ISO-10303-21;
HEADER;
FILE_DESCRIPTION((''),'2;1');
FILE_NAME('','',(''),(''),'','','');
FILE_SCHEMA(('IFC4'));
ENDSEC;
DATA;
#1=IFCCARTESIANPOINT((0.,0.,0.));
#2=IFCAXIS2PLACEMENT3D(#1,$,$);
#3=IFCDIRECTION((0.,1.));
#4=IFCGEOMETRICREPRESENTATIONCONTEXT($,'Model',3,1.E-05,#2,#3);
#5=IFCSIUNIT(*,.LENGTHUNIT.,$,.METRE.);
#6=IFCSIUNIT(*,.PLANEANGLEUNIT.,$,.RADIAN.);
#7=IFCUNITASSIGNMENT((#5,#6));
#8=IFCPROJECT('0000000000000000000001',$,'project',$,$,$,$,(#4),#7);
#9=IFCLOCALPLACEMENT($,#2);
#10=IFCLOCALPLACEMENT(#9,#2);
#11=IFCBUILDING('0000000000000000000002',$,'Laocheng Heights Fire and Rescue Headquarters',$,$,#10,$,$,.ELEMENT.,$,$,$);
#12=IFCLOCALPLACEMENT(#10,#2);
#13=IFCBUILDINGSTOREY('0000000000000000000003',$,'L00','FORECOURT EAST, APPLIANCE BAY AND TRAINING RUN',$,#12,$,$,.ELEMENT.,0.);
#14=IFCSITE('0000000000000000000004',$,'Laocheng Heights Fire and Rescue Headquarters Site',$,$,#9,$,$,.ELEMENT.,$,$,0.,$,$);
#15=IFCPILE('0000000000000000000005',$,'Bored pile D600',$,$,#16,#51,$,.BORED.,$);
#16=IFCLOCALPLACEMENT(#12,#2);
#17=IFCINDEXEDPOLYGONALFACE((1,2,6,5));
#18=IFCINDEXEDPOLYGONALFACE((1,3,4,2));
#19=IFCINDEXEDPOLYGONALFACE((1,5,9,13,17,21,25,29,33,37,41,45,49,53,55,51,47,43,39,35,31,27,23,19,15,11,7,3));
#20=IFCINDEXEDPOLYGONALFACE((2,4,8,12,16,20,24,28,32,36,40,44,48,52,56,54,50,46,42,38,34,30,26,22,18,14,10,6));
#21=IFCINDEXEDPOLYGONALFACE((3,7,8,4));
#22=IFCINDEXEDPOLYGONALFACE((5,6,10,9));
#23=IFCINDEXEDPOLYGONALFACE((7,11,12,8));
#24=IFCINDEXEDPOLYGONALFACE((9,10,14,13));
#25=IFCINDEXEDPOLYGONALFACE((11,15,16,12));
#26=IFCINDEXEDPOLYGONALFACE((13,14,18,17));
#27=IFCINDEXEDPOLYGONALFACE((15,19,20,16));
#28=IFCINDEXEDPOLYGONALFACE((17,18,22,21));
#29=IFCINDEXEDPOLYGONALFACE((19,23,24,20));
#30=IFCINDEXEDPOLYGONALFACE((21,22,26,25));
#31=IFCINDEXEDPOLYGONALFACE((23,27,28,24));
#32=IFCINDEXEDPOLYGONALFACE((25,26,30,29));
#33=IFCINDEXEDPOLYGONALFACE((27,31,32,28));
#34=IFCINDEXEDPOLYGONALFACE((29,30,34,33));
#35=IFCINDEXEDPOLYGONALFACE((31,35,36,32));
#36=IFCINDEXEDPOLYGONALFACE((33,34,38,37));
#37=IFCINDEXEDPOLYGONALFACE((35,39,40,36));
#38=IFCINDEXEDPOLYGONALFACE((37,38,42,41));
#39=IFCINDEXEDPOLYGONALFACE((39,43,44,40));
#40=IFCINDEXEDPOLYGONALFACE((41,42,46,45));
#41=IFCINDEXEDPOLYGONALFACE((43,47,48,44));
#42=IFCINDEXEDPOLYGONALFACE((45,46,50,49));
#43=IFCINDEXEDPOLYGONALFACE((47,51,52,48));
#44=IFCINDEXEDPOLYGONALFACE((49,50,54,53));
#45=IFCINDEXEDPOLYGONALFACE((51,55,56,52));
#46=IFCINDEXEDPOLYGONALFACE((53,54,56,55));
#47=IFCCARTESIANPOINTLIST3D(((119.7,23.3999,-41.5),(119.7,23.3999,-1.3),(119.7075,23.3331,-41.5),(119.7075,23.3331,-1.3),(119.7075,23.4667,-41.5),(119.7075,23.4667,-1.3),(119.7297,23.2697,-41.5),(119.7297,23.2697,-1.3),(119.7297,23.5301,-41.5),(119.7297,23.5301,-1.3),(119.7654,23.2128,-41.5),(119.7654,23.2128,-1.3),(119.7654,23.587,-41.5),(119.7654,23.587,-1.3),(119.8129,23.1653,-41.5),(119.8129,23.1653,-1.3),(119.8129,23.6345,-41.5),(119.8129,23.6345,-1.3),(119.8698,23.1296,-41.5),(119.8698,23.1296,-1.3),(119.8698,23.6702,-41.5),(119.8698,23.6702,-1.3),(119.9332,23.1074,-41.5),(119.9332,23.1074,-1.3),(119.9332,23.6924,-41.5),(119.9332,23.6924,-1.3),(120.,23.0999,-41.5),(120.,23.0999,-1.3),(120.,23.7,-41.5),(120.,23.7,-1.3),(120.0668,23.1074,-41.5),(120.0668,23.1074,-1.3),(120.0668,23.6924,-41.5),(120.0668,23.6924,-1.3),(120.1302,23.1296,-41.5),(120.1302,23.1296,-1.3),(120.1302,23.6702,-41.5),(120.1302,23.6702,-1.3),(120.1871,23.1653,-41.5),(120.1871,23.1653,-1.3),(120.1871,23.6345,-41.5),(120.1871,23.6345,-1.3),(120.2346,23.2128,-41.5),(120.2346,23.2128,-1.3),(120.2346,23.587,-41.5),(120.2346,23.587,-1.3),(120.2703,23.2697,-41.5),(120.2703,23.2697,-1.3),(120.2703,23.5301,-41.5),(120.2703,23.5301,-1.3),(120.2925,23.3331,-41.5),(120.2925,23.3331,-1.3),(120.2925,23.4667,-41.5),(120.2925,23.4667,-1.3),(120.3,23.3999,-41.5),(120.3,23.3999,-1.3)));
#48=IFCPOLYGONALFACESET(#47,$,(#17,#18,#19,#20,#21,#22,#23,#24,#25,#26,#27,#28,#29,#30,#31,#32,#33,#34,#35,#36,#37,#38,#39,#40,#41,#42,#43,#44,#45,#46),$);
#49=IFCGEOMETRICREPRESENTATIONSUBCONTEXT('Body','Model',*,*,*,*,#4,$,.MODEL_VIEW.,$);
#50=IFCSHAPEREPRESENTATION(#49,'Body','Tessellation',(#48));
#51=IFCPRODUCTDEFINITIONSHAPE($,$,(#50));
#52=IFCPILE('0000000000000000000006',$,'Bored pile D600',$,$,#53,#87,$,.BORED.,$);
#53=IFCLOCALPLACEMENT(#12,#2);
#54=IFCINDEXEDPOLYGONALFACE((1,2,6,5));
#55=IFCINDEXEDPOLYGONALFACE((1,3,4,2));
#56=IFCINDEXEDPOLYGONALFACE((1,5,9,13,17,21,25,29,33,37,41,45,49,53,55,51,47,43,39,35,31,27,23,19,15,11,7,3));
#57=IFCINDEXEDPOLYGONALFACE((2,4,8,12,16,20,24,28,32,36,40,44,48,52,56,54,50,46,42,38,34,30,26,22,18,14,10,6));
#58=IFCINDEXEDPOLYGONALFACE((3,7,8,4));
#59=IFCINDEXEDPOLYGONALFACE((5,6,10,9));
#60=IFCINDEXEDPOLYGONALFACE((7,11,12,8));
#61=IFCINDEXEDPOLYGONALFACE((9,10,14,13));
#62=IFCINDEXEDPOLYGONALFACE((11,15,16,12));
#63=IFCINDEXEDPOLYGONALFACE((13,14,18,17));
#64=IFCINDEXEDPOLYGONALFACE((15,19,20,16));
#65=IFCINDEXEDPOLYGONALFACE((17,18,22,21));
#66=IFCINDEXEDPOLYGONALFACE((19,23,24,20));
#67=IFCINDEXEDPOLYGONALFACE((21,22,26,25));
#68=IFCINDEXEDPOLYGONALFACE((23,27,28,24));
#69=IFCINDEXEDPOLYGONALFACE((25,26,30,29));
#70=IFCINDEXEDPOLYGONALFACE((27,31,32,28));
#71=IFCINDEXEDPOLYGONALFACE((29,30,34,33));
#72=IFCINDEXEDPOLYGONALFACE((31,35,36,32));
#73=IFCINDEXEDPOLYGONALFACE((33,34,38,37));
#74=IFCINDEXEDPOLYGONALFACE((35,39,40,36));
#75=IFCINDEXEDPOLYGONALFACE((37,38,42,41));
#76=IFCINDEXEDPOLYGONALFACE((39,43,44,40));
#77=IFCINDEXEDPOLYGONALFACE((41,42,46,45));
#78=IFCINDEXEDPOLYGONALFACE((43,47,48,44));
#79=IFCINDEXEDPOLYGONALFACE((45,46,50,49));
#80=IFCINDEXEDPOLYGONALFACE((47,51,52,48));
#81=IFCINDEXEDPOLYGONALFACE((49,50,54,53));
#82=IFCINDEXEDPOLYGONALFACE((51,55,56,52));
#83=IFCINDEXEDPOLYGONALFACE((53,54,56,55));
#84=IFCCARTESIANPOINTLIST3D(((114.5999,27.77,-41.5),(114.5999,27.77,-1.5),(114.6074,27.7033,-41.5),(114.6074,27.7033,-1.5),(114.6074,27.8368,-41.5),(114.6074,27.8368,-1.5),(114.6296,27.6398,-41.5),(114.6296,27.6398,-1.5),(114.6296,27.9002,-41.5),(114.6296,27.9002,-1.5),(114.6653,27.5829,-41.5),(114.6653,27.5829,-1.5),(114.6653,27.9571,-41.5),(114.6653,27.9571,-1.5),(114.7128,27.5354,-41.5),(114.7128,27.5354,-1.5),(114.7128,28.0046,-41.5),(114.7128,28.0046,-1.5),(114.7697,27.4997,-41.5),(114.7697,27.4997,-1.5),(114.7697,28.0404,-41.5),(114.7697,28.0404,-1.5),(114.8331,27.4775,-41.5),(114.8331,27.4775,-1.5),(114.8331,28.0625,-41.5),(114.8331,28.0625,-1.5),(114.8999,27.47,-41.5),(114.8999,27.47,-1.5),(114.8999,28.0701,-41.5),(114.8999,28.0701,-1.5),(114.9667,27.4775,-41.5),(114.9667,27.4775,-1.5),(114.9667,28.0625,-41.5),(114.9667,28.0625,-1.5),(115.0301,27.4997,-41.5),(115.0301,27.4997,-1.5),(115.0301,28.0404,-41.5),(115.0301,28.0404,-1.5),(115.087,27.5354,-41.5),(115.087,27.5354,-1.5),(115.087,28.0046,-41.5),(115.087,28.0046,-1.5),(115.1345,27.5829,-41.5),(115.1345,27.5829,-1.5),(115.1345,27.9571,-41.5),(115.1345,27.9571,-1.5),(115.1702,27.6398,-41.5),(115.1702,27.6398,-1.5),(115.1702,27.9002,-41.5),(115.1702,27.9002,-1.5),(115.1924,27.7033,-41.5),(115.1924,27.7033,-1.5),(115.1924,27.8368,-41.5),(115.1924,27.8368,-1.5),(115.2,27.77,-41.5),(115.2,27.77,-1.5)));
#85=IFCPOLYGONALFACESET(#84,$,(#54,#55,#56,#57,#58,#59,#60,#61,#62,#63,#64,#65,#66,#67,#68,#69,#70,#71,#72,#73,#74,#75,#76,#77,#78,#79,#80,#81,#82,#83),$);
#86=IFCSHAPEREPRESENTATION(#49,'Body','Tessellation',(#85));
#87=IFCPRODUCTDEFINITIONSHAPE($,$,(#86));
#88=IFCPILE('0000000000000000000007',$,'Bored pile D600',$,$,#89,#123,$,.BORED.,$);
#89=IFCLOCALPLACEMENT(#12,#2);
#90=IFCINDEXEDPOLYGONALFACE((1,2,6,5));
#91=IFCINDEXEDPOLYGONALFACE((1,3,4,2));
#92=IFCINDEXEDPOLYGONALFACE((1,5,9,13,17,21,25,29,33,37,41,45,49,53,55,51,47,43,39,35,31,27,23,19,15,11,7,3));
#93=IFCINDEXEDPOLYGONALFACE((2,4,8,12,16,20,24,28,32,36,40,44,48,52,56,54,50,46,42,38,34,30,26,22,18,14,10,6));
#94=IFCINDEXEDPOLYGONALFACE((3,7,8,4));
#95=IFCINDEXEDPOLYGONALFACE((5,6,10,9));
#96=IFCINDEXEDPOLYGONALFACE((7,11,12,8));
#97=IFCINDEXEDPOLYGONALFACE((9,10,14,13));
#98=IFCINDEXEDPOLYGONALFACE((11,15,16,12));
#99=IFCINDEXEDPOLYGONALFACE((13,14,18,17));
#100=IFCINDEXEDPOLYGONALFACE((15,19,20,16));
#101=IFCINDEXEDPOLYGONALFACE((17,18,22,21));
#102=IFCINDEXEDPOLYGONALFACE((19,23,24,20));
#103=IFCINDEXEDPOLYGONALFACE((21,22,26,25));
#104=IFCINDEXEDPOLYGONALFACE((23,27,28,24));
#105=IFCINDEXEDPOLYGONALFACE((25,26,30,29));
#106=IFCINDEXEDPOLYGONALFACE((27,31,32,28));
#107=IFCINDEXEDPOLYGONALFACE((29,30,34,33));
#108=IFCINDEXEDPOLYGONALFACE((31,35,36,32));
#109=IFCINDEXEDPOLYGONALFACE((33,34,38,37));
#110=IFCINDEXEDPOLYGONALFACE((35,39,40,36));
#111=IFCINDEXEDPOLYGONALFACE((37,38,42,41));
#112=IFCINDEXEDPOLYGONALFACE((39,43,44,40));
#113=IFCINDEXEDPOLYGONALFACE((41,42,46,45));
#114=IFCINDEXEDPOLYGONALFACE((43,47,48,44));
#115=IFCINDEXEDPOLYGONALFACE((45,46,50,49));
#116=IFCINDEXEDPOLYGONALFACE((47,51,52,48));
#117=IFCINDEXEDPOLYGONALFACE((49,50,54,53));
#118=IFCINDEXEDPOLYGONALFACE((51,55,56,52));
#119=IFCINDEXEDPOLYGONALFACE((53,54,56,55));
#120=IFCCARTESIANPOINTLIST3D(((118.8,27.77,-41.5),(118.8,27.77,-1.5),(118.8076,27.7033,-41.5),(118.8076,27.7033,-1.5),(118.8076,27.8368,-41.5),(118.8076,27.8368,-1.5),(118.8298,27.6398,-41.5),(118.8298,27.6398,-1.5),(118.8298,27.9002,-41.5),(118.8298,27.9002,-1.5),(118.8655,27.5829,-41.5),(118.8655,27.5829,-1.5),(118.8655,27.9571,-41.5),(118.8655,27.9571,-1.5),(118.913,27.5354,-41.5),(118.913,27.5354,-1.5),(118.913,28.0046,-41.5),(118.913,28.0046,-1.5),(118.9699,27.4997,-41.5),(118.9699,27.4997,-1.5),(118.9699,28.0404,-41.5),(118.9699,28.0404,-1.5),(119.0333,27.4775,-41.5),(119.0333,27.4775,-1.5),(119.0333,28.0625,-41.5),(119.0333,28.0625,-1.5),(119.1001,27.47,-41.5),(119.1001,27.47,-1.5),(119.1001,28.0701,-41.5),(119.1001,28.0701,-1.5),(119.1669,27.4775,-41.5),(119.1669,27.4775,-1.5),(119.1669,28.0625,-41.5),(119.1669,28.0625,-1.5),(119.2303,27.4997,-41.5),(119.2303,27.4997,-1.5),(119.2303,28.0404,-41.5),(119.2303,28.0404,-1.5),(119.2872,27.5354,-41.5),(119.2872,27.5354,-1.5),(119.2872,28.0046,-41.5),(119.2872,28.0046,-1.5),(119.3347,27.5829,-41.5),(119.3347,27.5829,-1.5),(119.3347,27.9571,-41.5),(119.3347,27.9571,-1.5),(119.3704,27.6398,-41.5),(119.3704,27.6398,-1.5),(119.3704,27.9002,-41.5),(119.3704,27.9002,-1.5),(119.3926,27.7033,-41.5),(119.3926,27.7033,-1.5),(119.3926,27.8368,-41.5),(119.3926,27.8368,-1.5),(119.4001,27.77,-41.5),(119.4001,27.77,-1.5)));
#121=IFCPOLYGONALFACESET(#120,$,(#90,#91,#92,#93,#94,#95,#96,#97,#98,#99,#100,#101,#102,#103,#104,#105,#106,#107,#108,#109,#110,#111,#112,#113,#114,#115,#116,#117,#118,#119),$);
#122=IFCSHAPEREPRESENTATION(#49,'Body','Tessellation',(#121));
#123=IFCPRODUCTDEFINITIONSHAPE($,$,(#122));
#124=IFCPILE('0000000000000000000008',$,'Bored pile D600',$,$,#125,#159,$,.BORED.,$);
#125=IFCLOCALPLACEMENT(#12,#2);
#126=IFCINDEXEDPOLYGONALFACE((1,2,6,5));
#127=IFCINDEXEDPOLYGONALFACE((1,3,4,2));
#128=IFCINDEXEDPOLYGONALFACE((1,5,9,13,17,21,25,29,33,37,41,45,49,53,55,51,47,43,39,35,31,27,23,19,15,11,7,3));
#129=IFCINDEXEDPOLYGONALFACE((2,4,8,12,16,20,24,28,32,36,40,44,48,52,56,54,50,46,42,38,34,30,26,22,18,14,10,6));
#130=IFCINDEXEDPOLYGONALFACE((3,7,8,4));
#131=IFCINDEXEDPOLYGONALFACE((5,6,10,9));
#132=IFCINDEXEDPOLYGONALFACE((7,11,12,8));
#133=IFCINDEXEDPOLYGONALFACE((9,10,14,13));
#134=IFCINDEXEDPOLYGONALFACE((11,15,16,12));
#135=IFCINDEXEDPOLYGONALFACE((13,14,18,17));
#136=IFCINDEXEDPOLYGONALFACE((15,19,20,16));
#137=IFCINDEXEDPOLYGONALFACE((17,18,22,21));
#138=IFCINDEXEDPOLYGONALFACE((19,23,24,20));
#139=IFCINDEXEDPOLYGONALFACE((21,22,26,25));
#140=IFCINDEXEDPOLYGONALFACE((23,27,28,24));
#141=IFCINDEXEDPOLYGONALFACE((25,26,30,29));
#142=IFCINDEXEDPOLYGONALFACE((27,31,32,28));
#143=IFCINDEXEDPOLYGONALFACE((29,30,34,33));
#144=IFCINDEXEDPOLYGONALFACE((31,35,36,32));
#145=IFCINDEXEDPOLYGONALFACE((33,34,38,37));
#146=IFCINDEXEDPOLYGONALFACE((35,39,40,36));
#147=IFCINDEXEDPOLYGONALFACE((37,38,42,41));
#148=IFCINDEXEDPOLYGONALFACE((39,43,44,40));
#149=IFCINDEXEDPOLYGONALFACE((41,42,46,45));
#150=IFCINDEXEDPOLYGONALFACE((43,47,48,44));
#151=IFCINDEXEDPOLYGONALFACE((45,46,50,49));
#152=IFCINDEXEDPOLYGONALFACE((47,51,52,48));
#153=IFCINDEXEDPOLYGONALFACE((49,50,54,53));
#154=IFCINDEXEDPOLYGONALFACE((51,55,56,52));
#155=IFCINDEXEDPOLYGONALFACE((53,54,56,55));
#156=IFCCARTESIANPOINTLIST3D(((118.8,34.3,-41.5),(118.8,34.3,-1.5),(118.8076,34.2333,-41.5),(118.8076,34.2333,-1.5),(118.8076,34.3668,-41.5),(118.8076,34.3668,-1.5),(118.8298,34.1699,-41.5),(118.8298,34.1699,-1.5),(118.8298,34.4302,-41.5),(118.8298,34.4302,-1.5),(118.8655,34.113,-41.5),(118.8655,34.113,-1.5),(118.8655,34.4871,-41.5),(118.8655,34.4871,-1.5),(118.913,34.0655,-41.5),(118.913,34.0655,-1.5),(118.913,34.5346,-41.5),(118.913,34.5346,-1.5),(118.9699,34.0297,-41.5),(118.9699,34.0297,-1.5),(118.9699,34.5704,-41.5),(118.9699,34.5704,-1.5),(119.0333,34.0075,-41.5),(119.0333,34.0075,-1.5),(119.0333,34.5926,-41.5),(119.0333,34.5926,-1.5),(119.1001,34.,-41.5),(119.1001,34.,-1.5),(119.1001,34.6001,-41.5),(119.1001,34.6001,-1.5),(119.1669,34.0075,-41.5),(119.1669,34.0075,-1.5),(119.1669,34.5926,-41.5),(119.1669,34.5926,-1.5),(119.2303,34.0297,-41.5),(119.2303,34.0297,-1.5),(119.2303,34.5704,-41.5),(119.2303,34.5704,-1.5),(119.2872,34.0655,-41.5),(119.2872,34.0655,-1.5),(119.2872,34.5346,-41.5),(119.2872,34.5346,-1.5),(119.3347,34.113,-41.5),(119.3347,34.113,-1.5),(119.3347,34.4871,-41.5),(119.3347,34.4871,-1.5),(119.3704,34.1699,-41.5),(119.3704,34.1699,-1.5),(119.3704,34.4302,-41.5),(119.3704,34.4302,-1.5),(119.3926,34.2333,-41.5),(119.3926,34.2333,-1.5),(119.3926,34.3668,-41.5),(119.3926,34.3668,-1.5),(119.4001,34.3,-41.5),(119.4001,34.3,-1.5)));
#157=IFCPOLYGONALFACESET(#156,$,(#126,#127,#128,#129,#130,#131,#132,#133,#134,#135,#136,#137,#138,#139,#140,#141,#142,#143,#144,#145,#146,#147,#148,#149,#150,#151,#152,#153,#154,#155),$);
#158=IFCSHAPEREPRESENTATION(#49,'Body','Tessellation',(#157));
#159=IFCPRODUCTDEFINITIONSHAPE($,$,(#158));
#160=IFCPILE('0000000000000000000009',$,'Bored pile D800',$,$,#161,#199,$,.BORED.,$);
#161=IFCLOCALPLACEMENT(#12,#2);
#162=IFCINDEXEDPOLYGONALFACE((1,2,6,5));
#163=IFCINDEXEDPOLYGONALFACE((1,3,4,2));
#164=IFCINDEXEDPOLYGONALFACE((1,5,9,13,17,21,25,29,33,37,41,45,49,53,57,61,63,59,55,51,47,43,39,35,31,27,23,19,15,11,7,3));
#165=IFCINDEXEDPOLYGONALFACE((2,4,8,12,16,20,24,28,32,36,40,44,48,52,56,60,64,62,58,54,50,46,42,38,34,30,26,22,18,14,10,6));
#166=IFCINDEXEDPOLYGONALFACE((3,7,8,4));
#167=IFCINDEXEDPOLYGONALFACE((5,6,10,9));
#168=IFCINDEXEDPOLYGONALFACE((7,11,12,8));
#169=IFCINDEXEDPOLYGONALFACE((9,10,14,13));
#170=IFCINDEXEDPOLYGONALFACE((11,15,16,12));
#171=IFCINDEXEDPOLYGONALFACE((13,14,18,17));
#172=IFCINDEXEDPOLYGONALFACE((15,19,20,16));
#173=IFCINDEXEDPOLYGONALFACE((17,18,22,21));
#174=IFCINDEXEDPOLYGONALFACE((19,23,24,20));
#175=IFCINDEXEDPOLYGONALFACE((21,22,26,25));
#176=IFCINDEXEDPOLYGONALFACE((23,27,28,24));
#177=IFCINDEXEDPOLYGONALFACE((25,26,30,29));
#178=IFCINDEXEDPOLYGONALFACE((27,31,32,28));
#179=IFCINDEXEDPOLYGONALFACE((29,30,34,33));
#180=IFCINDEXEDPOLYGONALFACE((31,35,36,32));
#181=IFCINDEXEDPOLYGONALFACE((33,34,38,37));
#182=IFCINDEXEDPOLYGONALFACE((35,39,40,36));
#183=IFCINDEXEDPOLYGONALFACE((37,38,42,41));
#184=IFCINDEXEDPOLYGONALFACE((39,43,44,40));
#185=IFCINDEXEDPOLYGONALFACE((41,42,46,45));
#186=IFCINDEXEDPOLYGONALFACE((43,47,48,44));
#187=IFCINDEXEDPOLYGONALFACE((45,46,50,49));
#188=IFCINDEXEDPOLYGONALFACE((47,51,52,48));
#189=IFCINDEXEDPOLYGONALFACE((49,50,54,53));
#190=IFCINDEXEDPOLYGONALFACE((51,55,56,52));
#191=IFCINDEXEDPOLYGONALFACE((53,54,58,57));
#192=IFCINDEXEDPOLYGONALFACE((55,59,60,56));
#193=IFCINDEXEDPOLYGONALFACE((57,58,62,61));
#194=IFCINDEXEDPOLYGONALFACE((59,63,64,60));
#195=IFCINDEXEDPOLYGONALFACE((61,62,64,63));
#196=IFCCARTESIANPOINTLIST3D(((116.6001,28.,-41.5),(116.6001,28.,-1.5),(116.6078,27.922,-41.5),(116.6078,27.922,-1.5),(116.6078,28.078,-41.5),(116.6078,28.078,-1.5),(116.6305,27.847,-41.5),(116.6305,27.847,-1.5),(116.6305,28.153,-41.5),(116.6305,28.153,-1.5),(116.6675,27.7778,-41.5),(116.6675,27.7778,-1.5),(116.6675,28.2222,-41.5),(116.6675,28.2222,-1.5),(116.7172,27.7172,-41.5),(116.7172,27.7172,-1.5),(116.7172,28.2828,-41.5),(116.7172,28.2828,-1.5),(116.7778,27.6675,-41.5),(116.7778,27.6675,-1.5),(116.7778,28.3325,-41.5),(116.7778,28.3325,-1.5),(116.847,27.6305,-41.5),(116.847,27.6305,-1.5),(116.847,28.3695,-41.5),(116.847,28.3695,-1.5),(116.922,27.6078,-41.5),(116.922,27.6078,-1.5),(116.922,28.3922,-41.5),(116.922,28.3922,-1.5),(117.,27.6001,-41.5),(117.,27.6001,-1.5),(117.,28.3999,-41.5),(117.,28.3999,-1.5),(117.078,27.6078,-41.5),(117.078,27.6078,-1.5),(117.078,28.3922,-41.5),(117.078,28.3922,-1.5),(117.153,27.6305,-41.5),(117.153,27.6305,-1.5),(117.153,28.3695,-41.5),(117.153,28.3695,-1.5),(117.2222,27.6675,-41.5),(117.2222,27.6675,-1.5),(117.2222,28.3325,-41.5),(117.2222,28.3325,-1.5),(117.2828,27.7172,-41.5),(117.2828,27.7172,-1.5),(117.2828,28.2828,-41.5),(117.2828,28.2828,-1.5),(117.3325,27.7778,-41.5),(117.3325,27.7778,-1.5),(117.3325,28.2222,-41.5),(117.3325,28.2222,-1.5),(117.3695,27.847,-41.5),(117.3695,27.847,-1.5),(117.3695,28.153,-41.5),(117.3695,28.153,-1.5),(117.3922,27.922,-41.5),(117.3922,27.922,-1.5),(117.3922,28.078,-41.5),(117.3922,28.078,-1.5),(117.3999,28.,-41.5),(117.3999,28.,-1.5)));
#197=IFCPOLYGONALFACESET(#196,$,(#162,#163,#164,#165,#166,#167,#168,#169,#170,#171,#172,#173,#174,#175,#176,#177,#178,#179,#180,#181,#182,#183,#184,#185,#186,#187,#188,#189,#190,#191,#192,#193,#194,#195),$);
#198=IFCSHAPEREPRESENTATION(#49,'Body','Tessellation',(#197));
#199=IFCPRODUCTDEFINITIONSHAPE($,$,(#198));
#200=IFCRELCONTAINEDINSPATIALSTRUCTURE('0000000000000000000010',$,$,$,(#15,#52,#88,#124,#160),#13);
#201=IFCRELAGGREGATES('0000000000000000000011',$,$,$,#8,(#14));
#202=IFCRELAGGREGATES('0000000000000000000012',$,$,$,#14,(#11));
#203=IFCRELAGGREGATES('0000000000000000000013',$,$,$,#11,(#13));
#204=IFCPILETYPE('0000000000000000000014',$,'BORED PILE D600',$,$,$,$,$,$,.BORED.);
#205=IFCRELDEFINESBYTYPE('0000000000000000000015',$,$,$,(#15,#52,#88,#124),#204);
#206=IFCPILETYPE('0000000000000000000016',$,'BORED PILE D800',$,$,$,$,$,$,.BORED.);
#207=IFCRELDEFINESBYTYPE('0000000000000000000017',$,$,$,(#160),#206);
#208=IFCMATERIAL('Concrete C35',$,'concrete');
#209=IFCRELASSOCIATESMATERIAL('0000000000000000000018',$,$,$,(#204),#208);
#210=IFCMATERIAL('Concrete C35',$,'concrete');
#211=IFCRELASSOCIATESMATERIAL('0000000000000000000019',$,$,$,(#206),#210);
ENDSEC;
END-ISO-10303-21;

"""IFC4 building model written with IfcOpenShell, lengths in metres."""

from ifc_helpers import new_model, si_unit, direction, frame, origin, origin_2d, place, context, subcontext, project, spatial, circle, extrude, material, material_profile, profile_set, type_object, element, save


model = new_model("IFC4")

# Units and contexts
model_context = context("Model", 3, precision=1e-05, world=origin(), true_north=direction((0.0, 1.0)))
body_context = subcontext(model_context, "Body", "Model", "MODEL_VIEW")
ifc_project = project(units=[si_unit("LENGTHUNIT", "METRE"), si_unit("PLANEANGLEUNIT", "RADIAN")], contexts=[model_context])

# Site, building, storey
site_placement = place(None, origin())
site = spatial("IfcSite", under=ifc_project, at=site_placement, Name="Laocheng Heights Fire and Rescue Headquarters Site", CompositionType="ELEMENT", RefElevation=0.0)
building_placement = place(site_placement, origin())
building = spatial("IfcBuilding", under=site, at=building_placement, Name="Laocheng Heights Fire and Rescue Headquarters", CompositionType="ELEMENT")
storey_placement = place(building_placement, origin())
storey = spatial("IfcBuildingStorey", under=building, at=storey_placement, Name="L00", Description="FORECOURT EAST, APPLIANCE BAY AND TRAINING RUN", CompositionType="ELEMENT", Elevation=0.0)

# Piles
ifc_material_1 = material(Name="Concrete C35", Category="concrete")
ifc_material_profile_1 = material_profile(ifc_material_1, circle(Radius=0.3, at=origin_2d()), Name="BORED PILE D600")
ifc_profile_set_1 = profile_set([ifc_material_profile_1], Name="Concrete C35")
pile_type_1 = type_object("IfcPileType", Name="BORED PILE D600", PredefinedType="BORED", material=ifc_profile_set_1)
pile_placement = place(storey_placement, frame((120.0, 23.3999, -1.3), z_axis=(0.0, 0.0, -1.0), x_axis=(1.0, 0.0, 0.0)))
element("IfcPile", 1, at=pile_placement, inside=storey, type_object=pile_type_1, Name="Bored pile D600", PredefinedType="BORED", context=body_context, shape_type="SweptSolid", body=[
    extrude(circle(Radius=0.3, at=origin_2d()), origin(), (0.0, 0.0, 1.0), 40.2),
])
for number, where, z_axis, x_axis, name in (
    (2, (114.8999, 27.77, -1.5), (0.0, 0.0, -1.0), (1.0, 0.0, 0.0), "Bored pile D600"),
    (3, (119.1001, 27.77, -1.5), (0.0, 0.0, -1.0), (1.0, 0.0, 0.0), "Bored pile D600"),
    (4, (119.1001, 34.3, -1.5), (0.0, 0.0, -1.0), (1.0, 0.0, 0.0), "Bored pile D600"),
):
    element("IfcPile", number, at=place(storey_placement, frame(where, z_axis=z_axis, x_axis=x_axis)), inside=storey, type_object=pile_type_1, Name=name, PredefinedType="BORED", context=body_context, shape_type="SweptSolid", body=[
        extrude(circle(Radius=0.3, at=origin_2d()), origin(), (0.0, 0.0, 1.0), 40.0),
    ])
ifc_material_2 = material(Name="Concrete C35", Category="concrete")
ifc_material_profile_2 = material_profile(ifc_material_2, circle(Radius=0.3999, at=origin_2d()), Name="BORED PILE D800")
ifc_profile_set_2 = profile_set([ifc_material_profile_2], Name="Concrete C35")
pile_type_2 = type_object("IfcPileType", Name="BORED PILE D800", PredefinedType="BORED", material=ifc_profile_set_2)
for number, where, z_axis, x_axis, name in (
    (5, (117.0, 28.0, -1.5), (0.0, 0.0, -1.0), (1.0, 0.0, 0.0), "Bored pile D800"),
):
    element("IfcPile", number, at=place(storey_placement, frame(where, z_axis=z_axis, x_axis=x_axis)), inside=storey, type_object=pile_type_2, Name=name, PredefinedType="BORED", context=body_context, shape_type="SweptSolid", body=[
        extrude(circle(Radius=0.3999, at=origin_2d()), origin(), (0.0, 0.0, 1.0), 40.0),
    ])

save(model, "model.ifc")
